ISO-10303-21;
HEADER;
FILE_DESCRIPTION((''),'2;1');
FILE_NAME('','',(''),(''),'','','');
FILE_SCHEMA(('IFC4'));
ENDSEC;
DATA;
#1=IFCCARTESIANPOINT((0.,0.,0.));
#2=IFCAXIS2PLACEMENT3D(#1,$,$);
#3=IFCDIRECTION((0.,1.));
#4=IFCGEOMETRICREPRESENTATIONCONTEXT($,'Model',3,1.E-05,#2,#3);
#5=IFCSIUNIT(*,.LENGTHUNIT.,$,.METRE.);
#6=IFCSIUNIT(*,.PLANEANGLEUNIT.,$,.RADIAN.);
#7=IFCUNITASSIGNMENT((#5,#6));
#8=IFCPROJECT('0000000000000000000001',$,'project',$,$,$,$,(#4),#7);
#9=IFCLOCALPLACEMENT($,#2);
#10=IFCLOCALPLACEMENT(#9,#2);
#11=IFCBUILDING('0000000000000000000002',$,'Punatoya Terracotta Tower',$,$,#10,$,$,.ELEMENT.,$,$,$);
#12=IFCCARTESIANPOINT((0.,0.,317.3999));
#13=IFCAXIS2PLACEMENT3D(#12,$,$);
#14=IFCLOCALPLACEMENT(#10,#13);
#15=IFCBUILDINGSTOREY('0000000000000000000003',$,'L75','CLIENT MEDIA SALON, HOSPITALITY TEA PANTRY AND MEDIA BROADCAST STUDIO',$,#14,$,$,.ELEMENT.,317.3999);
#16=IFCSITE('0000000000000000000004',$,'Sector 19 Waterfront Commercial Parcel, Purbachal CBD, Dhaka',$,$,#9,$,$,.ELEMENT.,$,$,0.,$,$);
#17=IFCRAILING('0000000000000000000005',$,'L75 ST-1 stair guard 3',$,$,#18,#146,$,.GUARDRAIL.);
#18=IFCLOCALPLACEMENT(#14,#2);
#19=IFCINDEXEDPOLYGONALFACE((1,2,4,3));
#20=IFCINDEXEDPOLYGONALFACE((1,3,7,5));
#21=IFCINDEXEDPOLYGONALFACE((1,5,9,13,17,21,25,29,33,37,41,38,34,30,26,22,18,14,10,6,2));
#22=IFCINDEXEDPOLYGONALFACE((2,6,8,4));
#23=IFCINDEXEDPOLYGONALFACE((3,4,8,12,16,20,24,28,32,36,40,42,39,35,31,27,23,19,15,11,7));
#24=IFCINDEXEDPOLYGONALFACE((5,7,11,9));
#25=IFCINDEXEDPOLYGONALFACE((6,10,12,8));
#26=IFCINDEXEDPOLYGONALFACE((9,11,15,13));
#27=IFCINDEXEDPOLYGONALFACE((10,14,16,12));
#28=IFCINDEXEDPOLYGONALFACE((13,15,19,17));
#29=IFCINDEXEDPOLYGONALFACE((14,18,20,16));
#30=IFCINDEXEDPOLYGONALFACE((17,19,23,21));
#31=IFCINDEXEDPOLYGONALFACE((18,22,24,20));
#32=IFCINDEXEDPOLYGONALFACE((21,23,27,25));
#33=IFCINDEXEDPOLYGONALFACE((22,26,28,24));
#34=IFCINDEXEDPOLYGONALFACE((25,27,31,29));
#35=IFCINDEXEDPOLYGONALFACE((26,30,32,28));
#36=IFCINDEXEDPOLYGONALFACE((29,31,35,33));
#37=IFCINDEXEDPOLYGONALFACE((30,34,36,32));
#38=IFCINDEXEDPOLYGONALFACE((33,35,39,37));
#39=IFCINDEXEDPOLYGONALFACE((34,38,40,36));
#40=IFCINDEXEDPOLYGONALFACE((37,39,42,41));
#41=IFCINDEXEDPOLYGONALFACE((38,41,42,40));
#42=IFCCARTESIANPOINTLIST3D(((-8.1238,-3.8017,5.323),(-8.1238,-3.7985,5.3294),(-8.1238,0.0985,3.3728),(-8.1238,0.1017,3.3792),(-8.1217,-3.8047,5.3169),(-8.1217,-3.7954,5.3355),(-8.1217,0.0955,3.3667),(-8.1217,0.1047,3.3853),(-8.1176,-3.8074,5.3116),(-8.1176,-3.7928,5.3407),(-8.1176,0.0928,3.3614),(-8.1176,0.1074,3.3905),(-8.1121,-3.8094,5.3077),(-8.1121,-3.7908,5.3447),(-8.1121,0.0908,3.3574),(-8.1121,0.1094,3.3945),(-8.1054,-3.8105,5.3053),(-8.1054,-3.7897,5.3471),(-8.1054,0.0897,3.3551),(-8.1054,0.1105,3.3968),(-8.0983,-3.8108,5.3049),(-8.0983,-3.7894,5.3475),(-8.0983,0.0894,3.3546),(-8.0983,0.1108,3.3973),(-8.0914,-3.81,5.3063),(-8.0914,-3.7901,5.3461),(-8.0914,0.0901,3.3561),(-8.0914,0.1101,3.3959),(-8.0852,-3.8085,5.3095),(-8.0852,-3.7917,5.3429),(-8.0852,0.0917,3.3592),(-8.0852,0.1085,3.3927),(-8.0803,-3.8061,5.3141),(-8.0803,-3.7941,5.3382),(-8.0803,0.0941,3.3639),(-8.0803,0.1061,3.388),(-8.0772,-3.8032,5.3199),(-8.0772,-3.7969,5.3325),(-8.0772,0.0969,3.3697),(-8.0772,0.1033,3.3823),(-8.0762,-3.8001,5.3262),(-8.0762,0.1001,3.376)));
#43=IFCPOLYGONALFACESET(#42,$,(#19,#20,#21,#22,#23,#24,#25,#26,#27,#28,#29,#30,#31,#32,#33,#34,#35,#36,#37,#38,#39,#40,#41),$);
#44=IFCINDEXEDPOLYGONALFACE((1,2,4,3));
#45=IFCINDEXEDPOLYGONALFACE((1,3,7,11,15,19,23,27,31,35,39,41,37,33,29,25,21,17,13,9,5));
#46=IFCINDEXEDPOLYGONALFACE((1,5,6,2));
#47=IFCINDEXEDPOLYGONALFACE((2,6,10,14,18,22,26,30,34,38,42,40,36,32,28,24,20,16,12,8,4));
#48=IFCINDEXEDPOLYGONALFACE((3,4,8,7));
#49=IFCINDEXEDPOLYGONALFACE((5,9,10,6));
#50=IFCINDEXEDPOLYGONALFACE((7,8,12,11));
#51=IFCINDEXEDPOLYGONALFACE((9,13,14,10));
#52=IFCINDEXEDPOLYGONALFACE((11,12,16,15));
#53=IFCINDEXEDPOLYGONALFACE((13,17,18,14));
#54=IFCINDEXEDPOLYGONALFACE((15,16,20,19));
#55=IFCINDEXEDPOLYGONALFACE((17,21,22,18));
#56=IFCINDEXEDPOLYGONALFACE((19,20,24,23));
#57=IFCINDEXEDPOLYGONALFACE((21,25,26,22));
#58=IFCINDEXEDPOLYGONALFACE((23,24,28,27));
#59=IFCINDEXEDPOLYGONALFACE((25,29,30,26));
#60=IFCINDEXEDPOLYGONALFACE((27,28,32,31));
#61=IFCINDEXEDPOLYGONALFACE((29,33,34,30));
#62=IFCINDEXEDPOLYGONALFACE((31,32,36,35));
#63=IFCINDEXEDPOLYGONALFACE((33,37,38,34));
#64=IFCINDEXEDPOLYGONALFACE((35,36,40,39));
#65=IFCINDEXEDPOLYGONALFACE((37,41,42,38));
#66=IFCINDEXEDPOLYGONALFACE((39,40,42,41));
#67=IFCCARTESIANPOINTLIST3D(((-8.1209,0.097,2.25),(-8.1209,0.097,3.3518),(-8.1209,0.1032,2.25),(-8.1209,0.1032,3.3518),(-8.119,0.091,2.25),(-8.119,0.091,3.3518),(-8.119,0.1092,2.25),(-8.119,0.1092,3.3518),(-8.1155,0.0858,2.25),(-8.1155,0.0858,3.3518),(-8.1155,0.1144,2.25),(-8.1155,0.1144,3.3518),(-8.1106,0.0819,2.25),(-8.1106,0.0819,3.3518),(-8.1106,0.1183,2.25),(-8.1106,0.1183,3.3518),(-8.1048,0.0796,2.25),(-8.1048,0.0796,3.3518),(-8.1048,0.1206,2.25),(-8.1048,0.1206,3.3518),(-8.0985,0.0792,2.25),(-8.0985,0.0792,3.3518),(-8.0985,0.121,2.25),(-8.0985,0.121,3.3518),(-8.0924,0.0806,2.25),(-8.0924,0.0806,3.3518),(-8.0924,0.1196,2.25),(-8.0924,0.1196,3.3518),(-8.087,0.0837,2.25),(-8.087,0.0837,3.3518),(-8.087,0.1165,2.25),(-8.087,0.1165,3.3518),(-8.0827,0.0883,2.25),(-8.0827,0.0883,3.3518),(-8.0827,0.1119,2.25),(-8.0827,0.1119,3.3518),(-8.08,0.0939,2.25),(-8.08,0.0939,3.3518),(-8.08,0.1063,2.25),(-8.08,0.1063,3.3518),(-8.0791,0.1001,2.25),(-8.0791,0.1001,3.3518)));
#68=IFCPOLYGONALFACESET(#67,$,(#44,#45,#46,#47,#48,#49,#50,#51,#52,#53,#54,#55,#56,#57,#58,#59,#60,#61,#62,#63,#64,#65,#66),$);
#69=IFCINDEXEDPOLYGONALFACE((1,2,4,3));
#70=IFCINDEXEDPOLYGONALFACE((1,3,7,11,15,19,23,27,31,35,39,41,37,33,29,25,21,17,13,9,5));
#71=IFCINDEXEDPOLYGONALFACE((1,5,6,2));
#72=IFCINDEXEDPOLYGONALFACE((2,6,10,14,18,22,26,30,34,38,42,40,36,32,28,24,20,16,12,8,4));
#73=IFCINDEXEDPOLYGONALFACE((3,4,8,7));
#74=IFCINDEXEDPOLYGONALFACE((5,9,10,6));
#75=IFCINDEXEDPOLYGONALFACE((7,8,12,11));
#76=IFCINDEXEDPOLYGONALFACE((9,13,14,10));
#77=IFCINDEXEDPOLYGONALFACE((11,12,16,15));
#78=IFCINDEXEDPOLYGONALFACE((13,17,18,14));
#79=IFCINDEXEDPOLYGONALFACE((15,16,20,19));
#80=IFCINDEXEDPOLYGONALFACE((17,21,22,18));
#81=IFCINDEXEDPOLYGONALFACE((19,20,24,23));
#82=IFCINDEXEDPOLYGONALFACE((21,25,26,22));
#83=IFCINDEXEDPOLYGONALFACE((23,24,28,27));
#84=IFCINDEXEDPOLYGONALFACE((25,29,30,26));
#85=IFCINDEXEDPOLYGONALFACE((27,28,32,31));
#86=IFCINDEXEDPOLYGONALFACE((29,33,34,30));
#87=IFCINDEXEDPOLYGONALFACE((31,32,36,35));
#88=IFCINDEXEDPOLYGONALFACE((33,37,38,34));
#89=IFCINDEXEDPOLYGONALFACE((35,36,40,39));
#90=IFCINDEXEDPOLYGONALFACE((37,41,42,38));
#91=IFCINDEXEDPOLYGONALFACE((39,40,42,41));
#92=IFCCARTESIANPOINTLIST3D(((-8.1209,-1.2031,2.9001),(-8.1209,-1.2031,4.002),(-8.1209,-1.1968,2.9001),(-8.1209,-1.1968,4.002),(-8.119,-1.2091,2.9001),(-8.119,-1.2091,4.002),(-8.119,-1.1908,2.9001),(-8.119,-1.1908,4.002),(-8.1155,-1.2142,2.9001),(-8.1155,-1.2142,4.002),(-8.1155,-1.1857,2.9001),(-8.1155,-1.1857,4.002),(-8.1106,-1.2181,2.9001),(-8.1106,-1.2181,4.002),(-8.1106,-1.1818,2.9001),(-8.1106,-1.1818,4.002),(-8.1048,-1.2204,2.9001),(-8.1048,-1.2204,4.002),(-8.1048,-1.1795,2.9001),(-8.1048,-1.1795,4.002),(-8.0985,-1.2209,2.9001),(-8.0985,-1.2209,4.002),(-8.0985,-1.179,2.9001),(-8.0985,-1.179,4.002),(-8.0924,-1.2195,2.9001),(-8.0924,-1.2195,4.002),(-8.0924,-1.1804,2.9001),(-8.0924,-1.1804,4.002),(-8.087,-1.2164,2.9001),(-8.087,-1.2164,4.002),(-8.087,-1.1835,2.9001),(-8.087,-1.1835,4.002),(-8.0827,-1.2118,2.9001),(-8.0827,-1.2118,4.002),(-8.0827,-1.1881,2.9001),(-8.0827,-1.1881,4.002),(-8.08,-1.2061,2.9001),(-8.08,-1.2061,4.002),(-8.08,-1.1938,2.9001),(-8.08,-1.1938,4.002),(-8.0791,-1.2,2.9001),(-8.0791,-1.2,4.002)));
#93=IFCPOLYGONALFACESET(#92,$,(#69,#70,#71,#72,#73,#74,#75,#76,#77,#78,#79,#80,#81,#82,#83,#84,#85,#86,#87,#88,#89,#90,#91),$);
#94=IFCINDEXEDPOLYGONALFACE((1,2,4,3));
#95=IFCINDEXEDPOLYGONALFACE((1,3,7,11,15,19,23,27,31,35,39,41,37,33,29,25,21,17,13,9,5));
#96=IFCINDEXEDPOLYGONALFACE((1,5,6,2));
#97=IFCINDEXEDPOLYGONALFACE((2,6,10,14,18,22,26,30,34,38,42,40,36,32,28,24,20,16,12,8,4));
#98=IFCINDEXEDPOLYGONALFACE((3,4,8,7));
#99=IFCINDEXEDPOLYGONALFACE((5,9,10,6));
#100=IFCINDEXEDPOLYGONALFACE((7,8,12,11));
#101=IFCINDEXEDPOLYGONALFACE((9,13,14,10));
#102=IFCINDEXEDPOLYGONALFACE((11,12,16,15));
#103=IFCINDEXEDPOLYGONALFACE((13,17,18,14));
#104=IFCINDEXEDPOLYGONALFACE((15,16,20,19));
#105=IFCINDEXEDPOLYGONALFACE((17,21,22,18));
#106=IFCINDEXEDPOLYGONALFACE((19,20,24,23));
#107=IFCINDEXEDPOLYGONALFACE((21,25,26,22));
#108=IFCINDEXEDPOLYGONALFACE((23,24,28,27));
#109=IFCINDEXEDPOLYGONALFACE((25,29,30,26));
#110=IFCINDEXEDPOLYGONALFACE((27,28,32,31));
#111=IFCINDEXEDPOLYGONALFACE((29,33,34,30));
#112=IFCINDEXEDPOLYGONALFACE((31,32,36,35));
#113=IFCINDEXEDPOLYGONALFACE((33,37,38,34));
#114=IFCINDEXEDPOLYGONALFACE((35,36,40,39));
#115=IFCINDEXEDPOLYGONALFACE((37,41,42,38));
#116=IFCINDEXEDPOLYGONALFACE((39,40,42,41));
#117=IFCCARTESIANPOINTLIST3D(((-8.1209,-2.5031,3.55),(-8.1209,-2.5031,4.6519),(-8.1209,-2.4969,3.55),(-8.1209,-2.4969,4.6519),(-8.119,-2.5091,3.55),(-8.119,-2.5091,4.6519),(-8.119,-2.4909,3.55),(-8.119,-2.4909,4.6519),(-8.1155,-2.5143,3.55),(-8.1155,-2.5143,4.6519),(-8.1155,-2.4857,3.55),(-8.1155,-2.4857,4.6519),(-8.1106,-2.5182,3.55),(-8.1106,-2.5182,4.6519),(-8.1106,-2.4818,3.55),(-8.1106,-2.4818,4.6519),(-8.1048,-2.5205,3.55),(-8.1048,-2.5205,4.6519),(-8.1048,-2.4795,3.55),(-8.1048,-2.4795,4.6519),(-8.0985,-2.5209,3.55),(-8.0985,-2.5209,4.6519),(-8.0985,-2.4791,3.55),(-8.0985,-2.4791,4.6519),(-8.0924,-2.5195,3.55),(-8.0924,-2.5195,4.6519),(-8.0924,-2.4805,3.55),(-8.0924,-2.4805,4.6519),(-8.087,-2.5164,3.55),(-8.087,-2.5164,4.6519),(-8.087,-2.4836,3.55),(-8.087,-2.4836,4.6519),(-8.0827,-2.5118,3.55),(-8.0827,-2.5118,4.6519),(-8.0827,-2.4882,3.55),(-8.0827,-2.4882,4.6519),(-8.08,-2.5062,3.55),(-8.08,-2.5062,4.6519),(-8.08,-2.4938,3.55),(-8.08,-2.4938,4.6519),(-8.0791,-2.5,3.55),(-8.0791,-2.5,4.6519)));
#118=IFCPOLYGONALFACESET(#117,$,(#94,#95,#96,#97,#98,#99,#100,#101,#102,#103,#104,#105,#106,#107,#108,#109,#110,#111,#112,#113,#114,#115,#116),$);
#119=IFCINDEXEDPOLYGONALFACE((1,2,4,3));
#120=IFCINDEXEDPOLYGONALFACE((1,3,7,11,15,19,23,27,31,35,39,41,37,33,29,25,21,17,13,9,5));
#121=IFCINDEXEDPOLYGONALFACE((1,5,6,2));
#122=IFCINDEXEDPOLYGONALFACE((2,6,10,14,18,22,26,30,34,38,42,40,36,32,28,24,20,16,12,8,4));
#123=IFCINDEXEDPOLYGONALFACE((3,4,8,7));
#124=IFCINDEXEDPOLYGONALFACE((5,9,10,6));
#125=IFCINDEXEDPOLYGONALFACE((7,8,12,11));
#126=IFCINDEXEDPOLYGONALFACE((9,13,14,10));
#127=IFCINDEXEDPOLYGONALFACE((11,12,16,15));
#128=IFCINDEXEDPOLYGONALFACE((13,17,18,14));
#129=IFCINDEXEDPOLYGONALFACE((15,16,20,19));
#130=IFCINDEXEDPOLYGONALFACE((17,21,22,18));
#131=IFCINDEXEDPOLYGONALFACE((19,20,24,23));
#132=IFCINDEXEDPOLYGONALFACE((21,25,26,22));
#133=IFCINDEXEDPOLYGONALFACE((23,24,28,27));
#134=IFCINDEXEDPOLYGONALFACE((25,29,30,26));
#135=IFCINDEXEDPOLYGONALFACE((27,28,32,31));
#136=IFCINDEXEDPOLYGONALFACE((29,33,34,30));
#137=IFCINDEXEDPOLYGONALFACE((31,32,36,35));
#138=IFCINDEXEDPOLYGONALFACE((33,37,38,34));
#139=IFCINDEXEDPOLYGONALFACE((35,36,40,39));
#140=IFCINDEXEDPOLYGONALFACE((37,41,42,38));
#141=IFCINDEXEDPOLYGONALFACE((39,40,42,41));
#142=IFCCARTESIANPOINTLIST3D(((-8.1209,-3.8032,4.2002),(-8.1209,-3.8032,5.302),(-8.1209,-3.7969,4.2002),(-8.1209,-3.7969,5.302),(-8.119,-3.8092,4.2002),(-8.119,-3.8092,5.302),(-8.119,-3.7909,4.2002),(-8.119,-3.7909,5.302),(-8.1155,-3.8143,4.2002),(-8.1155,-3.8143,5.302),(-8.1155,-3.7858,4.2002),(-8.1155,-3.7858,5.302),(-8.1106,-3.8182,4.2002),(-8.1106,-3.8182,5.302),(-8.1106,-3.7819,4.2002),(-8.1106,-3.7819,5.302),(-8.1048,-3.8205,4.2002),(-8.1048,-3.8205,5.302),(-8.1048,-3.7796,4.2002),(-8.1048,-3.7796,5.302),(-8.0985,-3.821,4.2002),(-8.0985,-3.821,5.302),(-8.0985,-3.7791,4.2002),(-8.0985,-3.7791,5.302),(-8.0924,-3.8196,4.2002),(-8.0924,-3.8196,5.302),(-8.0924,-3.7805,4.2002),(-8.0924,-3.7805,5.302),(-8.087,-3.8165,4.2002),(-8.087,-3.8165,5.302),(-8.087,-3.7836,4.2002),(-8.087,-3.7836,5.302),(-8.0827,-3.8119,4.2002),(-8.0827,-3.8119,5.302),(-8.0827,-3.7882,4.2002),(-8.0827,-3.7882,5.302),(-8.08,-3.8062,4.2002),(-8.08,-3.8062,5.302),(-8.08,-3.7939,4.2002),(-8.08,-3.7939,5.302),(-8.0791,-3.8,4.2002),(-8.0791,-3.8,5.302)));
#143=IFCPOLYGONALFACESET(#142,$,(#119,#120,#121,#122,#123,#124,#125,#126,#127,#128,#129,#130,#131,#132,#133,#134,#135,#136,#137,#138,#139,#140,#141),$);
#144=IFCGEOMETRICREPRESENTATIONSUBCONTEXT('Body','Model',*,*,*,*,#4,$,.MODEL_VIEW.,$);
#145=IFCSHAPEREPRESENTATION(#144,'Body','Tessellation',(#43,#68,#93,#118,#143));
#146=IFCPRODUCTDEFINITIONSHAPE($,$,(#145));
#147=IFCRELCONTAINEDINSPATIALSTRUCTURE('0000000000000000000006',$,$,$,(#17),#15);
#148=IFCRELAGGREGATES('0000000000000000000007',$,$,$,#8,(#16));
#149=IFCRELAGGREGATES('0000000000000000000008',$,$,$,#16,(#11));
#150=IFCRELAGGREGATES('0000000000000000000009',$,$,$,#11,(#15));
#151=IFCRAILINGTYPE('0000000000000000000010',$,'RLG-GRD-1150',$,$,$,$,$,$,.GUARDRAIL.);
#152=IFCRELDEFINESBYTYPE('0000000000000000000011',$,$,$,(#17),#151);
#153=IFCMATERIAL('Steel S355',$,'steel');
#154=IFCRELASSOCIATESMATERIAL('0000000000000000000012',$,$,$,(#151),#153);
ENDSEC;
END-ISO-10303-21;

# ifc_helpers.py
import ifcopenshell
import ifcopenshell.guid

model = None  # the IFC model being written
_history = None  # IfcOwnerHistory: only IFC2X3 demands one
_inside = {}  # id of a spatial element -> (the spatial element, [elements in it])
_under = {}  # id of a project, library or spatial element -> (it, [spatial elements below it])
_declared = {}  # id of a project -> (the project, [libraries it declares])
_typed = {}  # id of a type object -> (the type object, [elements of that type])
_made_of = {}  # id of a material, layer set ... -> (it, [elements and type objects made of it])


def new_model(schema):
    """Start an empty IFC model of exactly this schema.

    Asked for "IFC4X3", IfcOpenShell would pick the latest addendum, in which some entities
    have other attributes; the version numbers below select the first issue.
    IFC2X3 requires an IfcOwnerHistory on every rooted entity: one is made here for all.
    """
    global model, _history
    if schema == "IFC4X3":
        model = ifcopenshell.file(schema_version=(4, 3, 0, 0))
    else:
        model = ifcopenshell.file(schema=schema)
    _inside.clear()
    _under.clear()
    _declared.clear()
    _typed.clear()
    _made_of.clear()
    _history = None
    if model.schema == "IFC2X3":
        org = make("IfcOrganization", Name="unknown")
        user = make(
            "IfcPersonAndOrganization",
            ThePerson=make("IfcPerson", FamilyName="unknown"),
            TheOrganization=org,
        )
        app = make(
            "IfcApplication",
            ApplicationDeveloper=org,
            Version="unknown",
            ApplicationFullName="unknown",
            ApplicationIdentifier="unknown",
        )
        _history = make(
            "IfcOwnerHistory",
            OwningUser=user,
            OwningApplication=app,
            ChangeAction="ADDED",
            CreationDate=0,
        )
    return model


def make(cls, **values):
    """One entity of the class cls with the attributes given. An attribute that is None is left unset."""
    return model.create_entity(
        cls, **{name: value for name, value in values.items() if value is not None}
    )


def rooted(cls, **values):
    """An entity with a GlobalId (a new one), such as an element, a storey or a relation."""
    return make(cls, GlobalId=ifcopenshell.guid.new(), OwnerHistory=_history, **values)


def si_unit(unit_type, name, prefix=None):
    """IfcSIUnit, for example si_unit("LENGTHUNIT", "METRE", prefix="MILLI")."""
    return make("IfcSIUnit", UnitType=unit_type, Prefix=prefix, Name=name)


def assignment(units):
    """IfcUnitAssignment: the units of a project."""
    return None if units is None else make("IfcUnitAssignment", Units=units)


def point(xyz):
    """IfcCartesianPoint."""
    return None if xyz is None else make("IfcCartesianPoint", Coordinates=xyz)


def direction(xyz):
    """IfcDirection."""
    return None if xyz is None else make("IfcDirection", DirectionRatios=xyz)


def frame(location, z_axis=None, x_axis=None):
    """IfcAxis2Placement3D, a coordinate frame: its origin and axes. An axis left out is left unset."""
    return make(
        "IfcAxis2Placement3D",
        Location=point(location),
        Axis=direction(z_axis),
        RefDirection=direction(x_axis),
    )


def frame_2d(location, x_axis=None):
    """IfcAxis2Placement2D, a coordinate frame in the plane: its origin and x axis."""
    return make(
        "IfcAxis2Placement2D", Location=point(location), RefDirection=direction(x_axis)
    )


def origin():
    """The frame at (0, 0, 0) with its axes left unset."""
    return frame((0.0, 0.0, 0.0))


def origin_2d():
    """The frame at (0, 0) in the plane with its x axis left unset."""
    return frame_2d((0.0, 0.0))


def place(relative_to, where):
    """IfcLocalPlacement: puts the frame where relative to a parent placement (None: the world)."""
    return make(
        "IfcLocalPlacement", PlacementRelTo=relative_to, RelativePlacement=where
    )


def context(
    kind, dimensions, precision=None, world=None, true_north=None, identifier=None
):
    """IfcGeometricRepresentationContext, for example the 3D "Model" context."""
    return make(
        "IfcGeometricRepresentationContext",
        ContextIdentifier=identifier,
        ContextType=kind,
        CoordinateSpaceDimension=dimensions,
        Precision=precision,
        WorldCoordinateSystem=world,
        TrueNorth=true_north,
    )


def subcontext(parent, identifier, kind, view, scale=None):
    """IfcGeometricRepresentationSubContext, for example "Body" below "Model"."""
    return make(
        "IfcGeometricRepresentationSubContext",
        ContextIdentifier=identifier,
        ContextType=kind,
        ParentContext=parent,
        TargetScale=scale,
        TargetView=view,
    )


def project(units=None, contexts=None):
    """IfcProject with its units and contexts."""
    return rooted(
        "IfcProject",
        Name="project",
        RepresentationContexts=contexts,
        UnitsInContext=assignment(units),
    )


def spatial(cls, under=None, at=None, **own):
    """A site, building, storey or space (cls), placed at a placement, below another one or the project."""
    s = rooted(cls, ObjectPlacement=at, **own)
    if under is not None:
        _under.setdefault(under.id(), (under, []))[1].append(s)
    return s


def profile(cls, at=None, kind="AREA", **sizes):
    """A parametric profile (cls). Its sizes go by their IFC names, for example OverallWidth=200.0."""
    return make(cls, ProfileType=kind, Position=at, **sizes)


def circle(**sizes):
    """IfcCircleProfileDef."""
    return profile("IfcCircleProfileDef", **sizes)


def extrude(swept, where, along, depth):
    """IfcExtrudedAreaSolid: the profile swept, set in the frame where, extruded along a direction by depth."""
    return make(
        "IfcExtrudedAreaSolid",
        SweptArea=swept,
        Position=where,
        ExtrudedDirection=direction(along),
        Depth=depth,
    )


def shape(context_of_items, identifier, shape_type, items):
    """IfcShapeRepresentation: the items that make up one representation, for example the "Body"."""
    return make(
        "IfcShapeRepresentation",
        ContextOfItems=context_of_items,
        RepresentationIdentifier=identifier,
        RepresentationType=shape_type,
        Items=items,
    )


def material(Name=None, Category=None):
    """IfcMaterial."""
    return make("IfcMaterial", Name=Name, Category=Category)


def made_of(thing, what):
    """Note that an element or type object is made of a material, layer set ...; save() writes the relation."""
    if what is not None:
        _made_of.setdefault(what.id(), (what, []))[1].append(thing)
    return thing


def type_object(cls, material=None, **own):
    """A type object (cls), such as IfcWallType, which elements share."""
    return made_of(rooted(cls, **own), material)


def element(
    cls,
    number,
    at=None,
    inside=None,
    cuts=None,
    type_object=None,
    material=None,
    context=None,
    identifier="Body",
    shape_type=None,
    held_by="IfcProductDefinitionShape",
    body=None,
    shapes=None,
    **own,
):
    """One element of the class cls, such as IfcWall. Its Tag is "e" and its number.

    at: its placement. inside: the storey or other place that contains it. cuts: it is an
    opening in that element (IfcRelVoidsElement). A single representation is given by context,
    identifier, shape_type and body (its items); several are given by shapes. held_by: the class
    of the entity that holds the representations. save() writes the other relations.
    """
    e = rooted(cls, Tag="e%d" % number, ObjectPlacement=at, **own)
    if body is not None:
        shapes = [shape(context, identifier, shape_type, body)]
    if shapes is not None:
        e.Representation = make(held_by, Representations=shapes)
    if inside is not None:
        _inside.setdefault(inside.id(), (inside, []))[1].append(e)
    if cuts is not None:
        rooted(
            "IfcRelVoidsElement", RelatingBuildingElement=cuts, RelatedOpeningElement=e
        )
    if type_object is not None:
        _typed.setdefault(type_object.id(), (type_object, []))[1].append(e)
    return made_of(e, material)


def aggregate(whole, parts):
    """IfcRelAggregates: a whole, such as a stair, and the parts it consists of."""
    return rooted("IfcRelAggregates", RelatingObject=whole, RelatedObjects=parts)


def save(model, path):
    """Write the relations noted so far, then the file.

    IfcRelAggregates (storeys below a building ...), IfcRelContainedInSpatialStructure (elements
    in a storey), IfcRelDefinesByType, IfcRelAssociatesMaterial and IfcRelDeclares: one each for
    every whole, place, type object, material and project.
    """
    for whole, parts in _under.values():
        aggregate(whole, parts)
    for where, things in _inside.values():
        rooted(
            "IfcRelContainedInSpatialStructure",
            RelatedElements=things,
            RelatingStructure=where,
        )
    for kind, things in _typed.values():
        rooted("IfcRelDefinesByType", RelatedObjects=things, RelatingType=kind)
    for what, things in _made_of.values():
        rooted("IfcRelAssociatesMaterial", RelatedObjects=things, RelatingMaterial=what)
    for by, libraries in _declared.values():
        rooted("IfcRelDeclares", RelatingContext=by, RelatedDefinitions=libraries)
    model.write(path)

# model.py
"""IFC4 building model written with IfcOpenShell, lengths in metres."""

from ifc_helpers import new_model, si_unit, direction, frame, origin, origin_2d, place, context, subcontext, project, spatial, circle, extrude, material, type_object, element, save


model = new_model("IFC4")

# Units and contexts
model_context = context("Model", 3, precision=1e-05, world=origin(), true_north=direction((0.0, 1.0)))
body_context = subcontext(model_context, "Body", "Model", "MODEL_VIEW")
ifc_project = project(units=[si_unit("LENGTHUNIT", "METRE"), si_unit("PLANEANGLEUNIT", "RADIAN")], contexts=[model_context])

# Site, building, storey
site_placement = place(None, origin())
site = spatial("IfcSite", under=ifc_project, at=site_placement, Name="Sector 19 Waterfront Commercial Parcel, Purbachal CBD, Dhaka", CompositionType="ELEMENT", RefElevation=0.0)
building_placement = place(site_placement, origin())
building = spatial("IfcBuilding", under=site, at=building_placement, Name="Punatoya Terracotta Tower", CompositionType="ELEMENT")
storey_placement = place(building_placement, frame((0.0, 0.0, 317.3999)))
storey = spatial("IfcBuildingStorey", under=building, at=storey_placement, Name="L75", Description="CLIENT MEDIA SALON, HOSPITALITY TEA PANTRY AND MEDIA BROADCAST STUDIO", CompositionType="ELEMENT", Elevation=317.3999)

# Railing
ifc_material_1 = material(Name="Steel S355", Category="steel")
railing_type_1 = type_object("IfcRailingType", Name="RLG-GRD-1150", PredefinedType="GUARDRAIL", material=ifc_material_1)
railing_1_placement = place(storey_placement, frame((-8.1001, 0.1001, 2.25)))
element("IfcRailing", 1, at=railing_1_placement, inside=storey, type_object=railing_type_1, Name="L75 ST-1 stair guard 3", PredefinedType="GUARDRAIL", context=body_context, shape_type="SweptSolid", body=[
    extrude(circle(Radius=0.0239, at=origin_2d()), frame((0.0, 0.0, 1.126), z_axis=(0.0, -0.894416, 0.447236), x_axis=(1.0, 0.0, 0.0)), (0.0, 0.0, 1.0), 4.3606),
    extrude(circle(Radius=0.021, at=origin_2d()), origin(), (0.0, 0.0, 1.0), 1.1018),
    extrude(circle(Radius=0.021, at=origin_2d()), frame((0.0, -1.3, 0.6501)), (0.0, 0.0, 1.0), 1.1018),
    extrude(circle(Radius=0.021, at=origin_2d()), frame((0.0, -2.6001, 1.3)), (0.0, 0.0, 1.0), 1.1018),
    extrude(circle(Radius=0.021, at=origin_2d()), frame((0.0, -3.9001, 1.9502)), (0.0, 0.0, 1.0), 1.1018),
])

save(model, "model.ifc")
